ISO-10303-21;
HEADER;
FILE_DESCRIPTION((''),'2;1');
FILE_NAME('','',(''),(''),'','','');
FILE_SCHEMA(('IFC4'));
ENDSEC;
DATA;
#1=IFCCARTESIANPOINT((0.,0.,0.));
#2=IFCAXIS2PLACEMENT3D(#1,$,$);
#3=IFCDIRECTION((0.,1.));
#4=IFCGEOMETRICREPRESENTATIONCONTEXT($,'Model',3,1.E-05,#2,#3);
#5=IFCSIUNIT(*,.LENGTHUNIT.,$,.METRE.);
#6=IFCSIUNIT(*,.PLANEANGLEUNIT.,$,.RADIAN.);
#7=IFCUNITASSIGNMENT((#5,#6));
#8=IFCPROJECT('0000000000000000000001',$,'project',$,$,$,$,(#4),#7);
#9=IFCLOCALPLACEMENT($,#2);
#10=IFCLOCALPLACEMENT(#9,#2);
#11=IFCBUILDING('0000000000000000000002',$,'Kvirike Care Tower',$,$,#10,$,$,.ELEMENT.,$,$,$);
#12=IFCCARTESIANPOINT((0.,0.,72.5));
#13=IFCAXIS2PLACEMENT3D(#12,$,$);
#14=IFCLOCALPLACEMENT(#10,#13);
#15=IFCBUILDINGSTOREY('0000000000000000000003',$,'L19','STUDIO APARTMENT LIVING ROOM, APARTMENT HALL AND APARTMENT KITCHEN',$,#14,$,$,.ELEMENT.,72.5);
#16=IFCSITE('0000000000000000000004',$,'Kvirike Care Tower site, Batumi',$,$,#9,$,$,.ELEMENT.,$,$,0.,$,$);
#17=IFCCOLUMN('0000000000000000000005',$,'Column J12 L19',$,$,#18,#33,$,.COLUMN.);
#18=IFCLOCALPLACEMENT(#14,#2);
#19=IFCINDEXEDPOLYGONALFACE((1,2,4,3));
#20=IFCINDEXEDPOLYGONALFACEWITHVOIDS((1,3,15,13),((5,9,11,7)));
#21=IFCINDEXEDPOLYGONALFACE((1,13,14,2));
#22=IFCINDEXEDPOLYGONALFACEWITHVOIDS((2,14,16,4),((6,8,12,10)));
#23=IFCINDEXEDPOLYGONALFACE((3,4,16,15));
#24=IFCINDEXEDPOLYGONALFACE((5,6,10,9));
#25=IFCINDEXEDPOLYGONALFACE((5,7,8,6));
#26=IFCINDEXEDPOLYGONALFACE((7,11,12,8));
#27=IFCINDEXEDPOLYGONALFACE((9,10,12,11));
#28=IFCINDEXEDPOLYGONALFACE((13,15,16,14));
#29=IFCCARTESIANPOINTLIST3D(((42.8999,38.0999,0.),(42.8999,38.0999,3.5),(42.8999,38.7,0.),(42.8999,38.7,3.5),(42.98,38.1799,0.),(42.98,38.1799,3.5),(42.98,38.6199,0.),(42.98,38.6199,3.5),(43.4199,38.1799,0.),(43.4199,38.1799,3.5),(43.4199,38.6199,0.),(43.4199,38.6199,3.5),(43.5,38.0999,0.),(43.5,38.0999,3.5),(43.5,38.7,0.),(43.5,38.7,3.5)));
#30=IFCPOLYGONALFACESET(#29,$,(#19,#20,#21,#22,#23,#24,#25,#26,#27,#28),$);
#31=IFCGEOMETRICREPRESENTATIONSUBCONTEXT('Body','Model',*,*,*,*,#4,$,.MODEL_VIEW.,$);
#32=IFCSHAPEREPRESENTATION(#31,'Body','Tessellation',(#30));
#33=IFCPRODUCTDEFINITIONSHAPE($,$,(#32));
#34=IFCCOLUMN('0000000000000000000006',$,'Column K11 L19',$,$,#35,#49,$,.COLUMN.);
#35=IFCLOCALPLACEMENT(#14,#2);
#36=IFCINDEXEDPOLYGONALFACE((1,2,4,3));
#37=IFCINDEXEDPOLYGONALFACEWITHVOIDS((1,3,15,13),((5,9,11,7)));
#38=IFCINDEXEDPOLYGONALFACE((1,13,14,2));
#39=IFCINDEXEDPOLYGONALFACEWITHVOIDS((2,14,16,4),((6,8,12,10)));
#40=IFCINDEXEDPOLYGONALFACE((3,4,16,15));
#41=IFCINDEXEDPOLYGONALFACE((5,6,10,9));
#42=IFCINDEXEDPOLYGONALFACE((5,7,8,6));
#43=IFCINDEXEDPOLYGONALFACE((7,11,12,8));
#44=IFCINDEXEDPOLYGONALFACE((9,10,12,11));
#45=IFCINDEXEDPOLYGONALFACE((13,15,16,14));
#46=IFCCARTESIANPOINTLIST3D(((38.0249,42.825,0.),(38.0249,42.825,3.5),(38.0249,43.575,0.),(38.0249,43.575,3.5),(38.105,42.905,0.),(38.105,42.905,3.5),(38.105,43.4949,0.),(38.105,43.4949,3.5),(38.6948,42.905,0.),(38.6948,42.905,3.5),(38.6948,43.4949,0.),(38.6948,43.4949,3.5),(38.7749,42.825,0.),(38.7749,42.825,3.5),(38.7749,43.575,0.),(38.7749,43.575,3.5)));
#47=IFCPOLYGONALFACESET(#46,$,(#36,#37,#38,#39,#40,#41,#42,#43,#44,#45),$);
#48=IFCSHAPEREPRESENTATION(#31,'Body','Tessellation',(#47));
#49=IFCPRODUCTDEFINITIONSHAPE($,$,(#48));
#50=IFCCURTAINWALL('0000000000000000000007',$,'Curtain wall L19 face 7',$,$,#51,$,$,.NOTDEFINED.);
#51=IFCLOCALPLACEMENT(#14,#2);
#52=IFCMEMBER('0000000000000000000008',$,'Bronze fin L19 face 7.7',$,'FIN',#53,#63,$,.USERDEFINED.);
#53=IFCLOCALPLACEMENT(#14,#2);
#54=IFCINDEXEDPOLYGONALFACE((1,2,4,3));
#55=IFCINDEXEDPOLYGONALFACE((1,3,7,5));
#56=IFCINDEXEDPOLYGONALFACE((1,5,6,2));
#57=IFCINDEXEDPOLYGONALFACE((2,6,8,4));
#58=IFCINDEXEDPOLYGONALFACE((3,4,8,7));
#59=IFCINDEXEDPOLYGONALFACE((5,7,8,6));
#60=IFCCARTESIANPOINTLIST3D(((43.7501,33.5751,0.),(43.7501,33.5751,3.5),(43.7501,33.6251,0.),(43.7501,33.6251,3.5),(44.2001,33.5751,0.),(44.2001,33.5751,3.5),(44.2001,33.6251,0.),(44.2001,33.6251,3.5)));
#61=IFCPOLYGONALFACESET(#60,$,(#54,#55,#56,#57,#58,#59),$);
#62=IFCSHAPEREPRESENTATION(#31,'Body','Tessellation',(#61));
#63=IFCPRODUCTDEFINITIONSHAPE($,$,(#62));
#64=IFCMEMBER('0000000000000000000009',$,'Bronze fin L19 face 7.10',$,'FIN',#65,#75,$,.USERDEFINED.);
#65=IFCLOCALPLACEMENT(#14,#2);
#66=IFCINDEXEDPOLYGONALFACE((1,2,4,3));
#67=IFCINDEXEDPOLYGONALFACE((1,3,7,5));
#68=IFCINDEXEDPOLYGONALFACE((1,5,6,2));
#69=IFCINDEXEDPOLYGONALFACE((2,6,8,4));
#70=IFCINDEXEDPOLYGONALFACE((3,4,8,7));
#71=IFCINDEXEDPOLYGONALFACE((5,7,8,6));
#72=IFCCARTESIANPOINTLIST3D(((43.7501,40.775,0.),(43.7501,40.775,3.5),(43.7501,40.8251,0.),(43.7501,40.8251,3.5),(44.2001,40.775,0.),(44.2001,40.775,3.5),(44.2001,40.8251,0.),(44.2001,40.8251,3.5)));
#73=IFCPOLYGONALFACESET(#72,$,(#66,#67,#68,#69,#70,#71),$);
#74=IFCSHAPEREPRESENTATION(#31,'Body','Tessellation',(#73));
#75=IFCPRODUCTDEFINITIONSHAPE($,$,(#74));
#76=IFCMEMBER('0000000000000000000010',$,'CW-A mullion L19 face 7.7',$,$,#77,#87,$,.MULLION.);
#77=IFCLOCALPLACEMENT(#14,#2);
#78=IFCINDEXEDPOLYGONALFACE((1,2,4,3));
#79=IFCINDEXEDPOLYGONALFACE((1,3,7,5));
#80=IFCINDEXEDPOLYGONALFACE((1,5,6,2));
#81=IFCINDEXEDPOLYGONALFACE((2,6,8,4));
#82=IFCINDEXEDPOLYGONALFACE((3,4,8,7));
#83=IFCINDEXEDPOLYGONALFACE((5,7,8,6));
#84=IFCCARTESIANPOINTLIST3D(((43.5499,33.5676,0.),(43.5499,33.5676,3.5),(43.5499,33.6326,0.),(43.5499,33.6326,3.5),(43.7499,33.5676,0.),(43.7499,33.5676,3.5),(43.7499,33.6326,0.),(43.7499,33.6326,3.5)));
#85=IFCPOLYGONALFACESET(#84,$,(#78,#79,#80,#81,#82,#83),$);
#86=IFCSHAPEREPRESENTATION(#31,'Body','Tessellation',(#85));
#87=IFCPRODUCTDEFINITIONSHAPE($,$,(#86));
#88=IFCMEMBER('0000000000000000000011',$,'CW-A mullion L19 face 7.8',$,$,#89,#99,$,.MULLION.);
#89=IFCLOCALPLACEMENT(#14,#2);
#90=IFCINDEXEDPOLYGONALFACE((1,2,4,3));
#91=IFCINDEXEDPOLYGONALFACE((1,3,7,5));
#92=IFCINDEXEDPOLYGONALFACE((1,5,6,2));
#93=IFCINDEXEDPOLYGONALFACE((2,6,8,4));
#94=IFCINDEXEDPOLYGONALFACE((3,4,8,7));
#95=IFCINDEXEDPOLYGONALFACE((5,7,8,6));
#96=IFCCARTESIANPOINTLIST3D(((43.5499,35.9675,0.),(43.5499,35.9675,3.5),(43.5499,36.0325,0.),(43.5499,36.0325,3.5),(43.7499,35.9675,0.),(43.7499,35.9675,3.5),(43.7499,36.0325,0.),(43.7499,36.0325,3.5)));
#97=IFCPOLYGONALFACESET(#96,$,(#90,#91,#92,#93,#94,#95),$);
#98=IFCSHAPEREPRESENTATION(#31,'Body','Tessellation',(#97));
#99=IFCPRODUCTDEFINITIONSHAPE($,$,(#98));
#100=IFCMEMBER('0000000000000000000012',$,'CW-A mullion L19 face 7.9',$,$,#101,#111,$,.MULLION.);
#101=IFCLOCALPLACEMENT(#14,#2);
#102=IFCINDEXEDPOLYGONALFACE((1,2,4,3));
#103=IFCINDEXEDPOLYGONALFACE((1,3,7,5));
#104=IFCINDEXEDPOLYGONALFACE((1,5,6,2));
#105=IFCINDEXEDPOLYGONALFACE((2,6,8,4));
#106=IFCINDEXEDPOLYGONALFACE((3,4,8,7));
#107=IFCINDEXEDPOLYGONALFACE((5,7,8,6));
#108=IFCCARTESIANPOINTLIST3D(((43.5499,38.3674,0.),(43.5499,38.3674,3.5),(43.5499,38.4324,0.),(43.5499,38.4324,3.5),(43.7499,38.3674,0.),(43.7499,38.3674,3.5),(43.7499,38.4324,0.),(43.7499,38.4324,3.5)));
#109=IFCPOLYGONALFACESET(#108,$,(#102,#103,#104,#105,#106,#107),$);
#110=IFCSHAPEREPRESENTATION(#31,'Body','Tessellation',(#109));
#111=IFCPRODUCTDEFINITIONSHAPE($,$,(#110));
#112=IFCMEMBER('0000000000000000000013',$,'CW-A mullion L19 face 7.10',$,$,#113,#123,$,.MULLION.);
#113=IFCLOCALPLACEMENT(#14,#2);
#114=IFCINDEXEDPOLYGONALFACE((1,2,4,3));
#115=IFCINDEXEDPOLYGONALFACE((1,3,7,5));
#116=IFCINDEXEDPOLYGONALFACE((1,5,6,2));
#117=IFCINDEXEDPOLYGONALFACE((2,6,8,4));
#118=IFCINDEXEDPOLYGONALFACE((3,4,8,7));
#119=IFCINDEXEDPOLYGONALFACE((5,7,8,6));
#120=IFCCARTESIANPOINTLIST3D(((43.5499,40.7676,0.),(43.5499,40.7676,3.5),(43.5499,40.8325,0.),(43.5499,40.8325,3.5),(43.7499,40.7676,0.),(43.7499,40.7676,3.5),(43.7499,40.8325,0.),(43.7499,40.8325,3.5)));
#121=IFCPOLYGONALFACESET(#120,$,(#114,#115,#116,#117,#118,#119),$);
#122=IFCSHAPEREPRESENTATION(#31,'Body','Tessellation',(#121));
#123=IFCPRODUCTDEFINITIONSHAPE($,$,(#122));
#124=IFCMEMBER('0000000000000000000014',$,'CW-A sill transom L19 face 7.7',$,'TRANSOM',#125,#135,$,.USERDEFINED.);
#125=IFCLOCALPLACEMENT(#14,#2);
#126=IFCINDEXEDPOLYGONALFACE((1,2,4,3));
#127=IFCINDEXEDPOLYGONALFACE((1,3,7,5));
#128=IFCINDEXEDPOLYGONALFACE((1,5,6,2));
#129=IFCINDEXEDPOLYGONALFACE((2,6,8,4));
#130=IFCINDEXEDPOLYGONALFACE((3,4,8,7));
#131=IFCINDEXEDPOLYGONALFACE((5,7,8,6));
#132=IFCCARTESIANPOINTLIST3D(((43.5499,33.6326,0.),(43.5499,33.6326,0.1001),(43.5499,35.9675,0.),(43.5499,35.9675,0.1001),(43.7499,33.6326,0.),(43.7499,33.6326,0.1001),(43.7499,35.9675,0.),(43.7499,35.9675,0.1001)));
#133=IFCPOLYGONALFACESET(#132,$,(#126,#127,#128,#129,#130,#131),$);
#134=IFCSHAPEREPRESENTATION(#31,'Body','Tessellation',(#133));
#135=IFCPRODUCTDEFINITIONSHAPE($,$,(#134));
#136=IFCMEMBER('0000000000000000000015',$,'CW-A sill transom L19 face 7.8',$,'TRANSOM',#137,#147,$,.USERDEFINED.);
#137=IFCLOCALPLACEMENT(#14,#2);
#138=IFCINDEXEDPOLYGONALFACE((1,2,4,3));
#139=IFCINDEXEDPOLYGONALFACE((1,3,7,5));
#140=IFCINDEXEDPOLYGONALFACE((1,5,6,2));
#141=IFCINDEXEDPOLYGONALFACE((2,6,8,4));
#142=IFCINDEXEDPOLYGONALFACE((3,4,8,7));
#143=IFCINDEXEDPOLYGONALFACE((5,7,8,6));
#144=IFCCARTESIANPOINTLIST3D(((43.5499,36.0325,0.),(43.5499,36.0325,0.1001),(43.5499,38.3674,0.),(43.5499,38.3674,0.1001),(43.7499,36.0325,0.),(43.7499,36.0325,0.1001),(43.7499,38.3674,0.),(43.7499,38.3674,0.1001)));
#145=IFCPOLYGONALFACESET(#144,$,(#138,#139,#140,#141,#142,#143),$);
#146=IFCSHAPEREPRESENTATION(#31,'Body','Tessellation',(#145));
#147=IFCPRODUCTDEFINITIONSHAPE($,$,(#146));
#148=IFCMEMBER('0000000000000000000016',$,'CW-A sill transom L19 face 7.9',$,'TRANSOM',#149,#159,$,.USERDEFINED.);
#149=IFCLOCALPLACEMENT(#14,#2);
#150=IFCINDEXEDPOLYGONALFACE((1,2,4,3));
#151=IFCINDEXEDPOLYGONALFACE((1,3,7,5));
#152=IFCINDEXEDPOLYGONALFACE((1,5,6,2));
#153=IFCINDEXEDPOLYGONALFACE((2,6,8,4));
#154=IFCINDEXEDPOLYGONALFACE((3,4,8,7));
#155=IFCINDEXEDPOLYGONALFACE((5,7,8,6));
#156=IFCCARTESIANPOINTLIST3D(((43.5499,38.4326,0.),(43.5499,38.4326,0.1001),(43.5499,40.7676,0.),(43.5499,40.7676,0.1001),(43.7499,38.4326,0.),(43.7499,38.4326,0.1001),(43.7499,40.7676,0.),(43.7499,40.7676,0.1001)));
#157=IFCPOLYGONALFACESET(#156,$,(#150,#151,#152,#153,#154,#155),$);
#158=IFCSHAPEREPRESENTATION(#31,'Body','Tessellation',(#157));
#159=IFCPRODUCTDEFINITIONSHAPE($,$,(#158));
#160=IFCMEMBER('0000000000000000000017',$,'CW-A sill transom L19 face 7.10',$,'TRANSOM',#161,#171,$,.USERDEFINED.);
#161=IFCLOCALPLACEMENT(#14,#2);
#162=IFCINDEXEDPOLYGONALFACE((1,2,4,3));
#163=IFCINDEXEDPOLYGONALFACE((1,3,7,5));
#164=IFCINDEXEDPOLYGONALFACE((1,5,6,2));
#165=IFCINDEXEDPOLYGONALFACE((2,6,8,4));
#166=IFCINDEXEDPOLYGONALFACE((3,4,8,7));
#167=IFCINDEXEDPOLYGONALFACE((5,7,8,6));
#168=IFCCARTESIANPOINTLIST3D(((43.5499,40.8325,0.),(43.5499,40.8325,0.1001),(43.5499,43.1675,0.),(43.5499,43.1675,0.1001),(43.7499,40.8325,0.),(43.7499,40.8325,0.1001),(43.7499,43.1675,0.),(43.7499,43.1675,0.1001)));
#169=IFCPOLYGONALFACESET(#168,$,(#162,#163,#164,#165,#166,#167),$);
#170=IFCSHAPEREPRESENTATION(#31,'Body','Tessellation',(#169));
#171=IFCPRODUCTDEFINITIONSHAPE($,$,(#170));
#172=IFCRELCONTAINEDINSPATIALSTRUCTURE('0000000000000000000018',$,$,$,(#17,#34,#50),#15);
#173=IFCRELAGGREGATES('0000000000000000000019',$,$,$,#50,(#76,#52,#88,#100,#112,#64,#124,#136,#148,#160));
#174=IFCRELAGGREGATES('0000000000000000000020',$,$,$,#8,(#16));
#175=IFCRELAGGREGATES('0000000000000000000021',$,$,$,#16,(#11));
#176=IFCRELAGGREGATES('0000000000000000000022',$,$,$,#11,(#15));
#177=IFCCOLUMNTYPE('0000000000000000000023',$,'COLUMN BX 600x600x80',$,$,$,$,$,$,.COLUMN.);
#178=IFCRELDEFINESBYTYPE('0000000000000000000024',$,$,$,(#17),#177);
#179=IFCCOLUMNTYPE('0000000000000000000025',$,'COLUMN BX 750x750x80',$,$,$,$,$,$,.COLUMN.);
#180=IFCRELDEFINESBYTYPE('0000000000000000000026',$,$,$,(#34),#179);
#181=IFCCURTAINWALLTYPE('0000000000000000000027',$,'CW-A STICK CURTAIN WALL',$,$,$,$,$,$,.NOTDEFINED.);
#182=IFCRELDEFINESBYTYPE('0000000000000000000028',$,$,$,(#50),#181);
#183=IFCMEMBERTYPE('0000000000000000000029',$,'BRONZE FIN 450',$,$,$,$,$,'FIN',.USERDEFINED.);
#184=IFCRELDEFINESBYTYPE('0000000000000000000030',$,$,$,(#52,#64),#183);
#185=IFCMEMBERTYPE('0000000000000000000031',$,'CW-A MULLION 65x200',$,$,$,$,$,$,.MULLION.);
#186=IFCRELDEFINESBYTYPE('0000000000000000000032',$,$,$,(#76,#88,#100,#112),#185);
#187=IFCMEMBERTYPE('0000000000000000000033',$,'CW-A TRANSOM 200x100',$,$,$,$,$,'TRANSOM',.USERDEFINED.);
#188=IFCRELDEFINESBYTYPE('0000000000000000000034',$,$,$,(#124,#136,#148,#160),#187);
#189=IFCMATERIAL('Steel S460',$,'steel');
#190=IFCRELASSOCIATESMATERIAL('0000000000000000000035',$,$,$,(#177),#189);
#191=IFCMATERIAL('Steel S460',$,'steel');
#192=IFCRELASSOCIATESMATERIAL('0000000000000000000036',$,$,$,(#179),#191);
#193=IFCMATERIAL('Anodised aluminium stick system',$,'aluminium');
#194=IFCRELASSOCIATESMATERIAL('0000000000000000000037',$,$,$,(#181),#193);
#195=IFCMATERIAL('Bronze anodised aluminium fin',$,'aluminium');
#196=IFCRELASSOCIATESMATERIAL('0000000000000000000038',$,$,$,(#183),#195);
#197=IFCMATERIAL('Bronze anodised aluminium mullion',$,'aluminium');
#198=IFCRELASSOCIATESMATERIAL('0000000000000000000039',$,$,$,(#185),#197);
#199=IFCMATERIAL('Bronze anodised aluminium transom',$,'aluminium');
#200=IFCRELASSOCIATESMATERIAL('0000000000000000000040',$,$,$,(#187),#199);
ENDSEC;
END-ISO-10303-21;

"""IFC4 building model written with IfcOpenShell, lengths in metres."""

from ifc_helpers import new_model, si_unit, direction, frame, origin, origin_2d, place, context, subcontext, project, spatial, rectangle, hollow_rectangle, extrude, material, material_profile, profile_set, type_object, element, aggregate, save


model = new_model("IFC4")

# Units and contexts
model_context = context("Model", 3, precision=1e-05, world=origin(), true_north=direction((0.0, 1.0)))
body_context = subcontext(model_context, "Body", "Model", "MODEL_VIEW")
ifc_project = project(units=[si_unit("LENGTHUNIT", "METRE"), si_unit("PLANEANGLEUNIT", "RADIAN")], contexts=[model_context])

# Site, building, storey
site_placement = place(None, origin())
site = spatial("IfcSite", under=ifc_project, at=site_placement, Name="Kvirike Care Tower site, Batumi", CompositionType="ELEMENT", RefElevation=0.0)
building_placement = place(site_placement, origin())
building = spatial("IfcBuilding", under=site, at=building_placement, Name="Kvirike Care Tower", CompositionType="ELEMENT")
storey_placement = place(building_placement, frame((0.0, 0.0, 72.5)))
storey = spatial("IfcBuildingStorey", under=building, at=storey_placement, Name="L19", Description="STUDIO APARTMENT LIVING ROOM, APARTMENT HALL AND APARTMENT KITCHEN", CompositionType="ELEMENT", Elevation=72.5)

# Columns
ifc_material_1 = material(Name="Steel S460", Category="steel")
ifc_material_profile_1 = material_profile(ifc_material_1, hollow_rectangle(XDim=0.6001, YDim=0.6001, WallThickness=0.0801, at=origin_2d()), Name="BX 600x600x80")
ifc_profile_set_1 = profile_set([ifc_material_profile_1], Name="Steel S460")
column_type_1 = type_object("IfcColumnType", Name="COLUMN BX 600x600x80", PredefinedType="COLUMN", material=ifc_profile_set_1)
column_1_placement = place(storey_placement, frame((43.2, 38.3999, 0.0), z_axis=(0.0, 0.0, 1.0), x_axis=(1.0, 0.0, 0.0)))
element("IfcColumn", 1, at=column_1_placement, inside=storey, type_object=column_type_1, Name="Column J12 L19", PredefinedType="COLUMN", context=body_context, shape_type="SweptSolid", body=[
    extrude(hollow_rectangle(XDim=0.6001, YDim=0.6001, WallThickness=0.0801, at=origin_2d()), origin(), (0.0, 0.0, 1.0), 3.5),
])
ifc_material_2 = material(Name="Steel S460", Category="steel")
ifc_material_profile_2 = material_profile(ifc_material_2, hollow_rectangle(XDim=0.75, YDim=0.75, WallThickness=0.0801, at=origin_2d()), Name="BX 750x750x80")
ifc_profile_set_2 = profile_set([ifc_material_profile_2], Name="Steel S460")
column_type_2 = type_object("IfcColumnType", Name="COLUMN BX 750x750x80", PredefinedType="COLUMN", material=ifc_profile_set_2)
column_2_placement = place(storey_placement, frame((38.3999, 43.2, 0.0), z_axis=(0.0, 0.0, 1.0), x_axis=(0.0, 1.0, 0.0)))
element("IfcColumn", 2, at=column_2_placement, inside=storey, type_object=column_type_2, Name="Column K11 L19", PredefinedType="COLUMN", context=body_context, shape_type="SweptSolid", body=[
    extrude(hollow_rectangle(XDim=0.75, YDim=0.75, WallThickness=0.0801, at=origin_2d()), origin(), (0.0, 0.0, 1.0), 3.5),
])

# Curtain wall, members
ifc_material_3 = material(Name="Anodised aluminium stick system", Category="aluminium")
curtain_wall_type = type_object("IfcCurtainWallType", Name="CW-A STICK CURTAIN WALL", PredefinedType="NOTDEFINED", material=ifc_material_3)
curtain_wall_placement = place(storey_placement, origin())
curtain_wall = element("IfcCurtainWall", 3, at=curtain_wall_placement, inside=storey, type_object=curtain_wall_type, Name="Curtain wall L19 face 7", PredefinedType="NOTDEFINED")
ifc_material_4 = material(Name="Bronze anodised aluminium fin", Category="aluminium")
ifc_material_profile_3 = material_profile(ifc_material_4, rectangle(XDim=0.05, YDim=0.45, at=origin_2d()), Name="BRONZE FIN 450")
ifc_profile_set_3 = profile_set([ifc_material_profile_3], Name="Bronze anodised aluminium fin")
member_type_1 = type_object("IfcMemberType", Name="BRONZE FIN 450", ElementType="FIN", PredefinedType="USERDEFINED", material=ifc_profile_set_3)
member_1_placement = place(storey_placement, frame((43.9751, 33.6001, 0.0), z_axis=(0.0, 0.0, 1.0), x_axis=(0.0, 1.0, 0.0)))
member_1 = element("IfcMember", 4, at=member_1_placement, type_object=member_type_1, Name="Bronze fin L19 face 7.7", ObjectType="FIN", PredefinedType="USERDEFINED", context=body_context, shape_type="SweptSolid", body=[
    extrude(rectangle(XDim=0.05, YDim=0.45, at=origin_2d()), origin(), (0.0, 0.0, 1.0), 3.5),
])
member_2_placement = place(storey_placement, frame((43.9751, 40.8, 0.0), z_axis=(0.0, 0.0, 1.0), x_axis=(0.0, 1.0, 0.0)))
member_2 = element("IfcMember", 5, at=member_2_placement, type_object=member_type_1, Name="Bronze fin L19 face 7.10", ObjectType="FIN", PredefinedType="USERDEFINED", context=body_context, shape_type="SweptSolid", body=[
    extrude(rectangle(XDim=0.05, YDim=0.45, at=origin_2d()), origin(), (0.0, 0.0, 1.0), 3.5),
])
ifc_material_5 = material(Name="Bronze anodised aluminium mullion", Category="aluminium")
ifc_material_profile_4 = material_profile(ifc_material_5, rectangle(XDim=0.0649, YDim=0.2, at=origin_2d()), Name="CW-A MULLION 65x200")
ifc_profile_set_4 = profile_set([ifc_material_profile_4], Name="Bronze anodised aluminium mullion")
member_type_2 = type_object("IfcMemberType", Name="CW-A MULLION 65x200", PredefinedType="MULLION", material=ifc_profile_set_4)
member_3_placement = place(storey_placement, frame((43.6499, 33.6001, 0.0), z_axis=(0.0, 0.0, 1.0), x_axis=(0.0, 1.0, 0.0)))
member_3 = element("IfcMember", 6, at=member_3_placement, type_object=member_type_2, Name="CW-A mullion L19 face 7.7", PredefinedType="MULLION", context=body_context, shape_type="SweptSolid", body=[
    extrude(rectangle(XDim=0.0649, YDim=0.2, at=origin_2d()), origin(), (0.0, 0.0, 1.0), 3.5),
])
member_4_placement = place(storey_placement, frame((43.6499, 36.0, 0.0), z_axis=(0.0, 0.0, 1.0), x_axis=(0.0, 1.0, 0.0)))
member_4 = element("IfcMember", 7, at=member_4_placement, type_object=member_type_2, Name="CW-A mullion L19 face 7.8", PredefinedType="MULLION", context=body_context, shape_type="SweptSolid", body=[
    extrude(rectangle(XDim=0.0649, YDim=0.2, at=origin_2d()), origin(), (0.0, 0.0, 1.0), 3.5),
])
member_5_placement = place(storey_placement, frame((43.6499, 38.3999, 0.0), z_axis=(0.0, 0.0, 1.0), x_axis=(0.0, 1.0, 0.0)))
member_5 = element("IfcMember", 8, at=member_5_placement, type_object=member_type_2, Name="CW-A mullion L19 face 7.9", PredefinedType="MULLION", context=body_context, shape_type="SweptSolid", body=[
    extrude(rectangle(XDim=0.0649, YDim=0.2, at=origin_2d()), origin(), (0.0, 0.0, 1.0), 3.5),
])
member_6_placement = place(storey_placement, frame((43.6499, 40.8, 0.0), z_axis=(0.0, 0.0, 1.0), x_axis=(0.0, 1.0, 0.0)))
member_6 = element("IfcMember", 9, at=member_6_placement, type_object=member_type_2, Name="CW-A mullion L19 face 7.10", PredefinedType="MULLION", context=body_context, shape_type="SweptSolid", body=[
    extrude(rectangle(XDim=0.0649, YDim=0.2, at=origin_2d()), origin(), (0.0, 0.0, 1.0), 3.5),
])
ifc_material_6 = material(Name="Bronze anodised aluminium transom", Category="aluminium")
ifc_material_profile_5 = material_profile(ifc_material_6, rectangle(XDim=0.2, YDim=0.1001, at=origin_2d()), Name="CW-A TRANSOM 200x100")
ifc_profile_set_5 = profile_set([ifc_material_profile_5], Name="Bronze anodised aluminium transom")
member_type_3 = type_object("IfcMemberType", Name="CW-A TRANSOM 200x100", ElementType="TRANSOM", PredefinedType="USERDEFINED", material=ifc_profile_set_5)
member_7_placement = place(storey_placement, frame((43.6499, 33.6326, 0.05), z_axis=(0.0, 1.0, 0.0), x_axis=(-1.0, 0.0, 0.0)))
member_7 = element("IfcMember", 10, at=member_7_placement, type_object=member_type_3, Name="CW-A sill transom L19 face 7.7", ObjectType="TRANSOM", PredefinedType="USERDEFINED", context=body_context, shape_type="SweptSolid", body=[
    extrude(rectangle(XDim=0.2, YDim=0.1001, at=origin_2d()), origin(), (0.0, 0.0, 1.0), 2.335),
])
member_8_placement = place(storey_placement, frame((43.6499, 36.0325, 0.05), z_axis=(0.0, 1.0, 0.0), x_axis=(-1.0, 0.0, 0.0)))
member_8 = element("IfcMember", 11, at=member_8_placement, type_object=member_type_3, Name="CW-A sill transom L19 face 7.8", ObjectType="TRANSOM", PredefinedType="USERDEFINED", context=body_context, shape_type="SweptSolid", body=[
    extrude(rectangle(XDim=0.2, YDim=0.1001, at=origin_2d()), origin(), (0.0, 0.0, 1.0), 2.335),
])
member_9_placement = place(storey_placement, frame((43.6499, 38.4326, 0.05), z_axis=(0.0, 1.0, 0.0), x_axis=(-1.0, 0.0, 0.0)))
member_9 = element("IfcMember", 12, at=member_9_placement, type_object=member_type_3, Name="CW-A sill transom L19 face 7.9", ObjectType="TRANSOM", PredefinedType="USERDEFINED", context=body_context, shape_type="SweptSolid", body=[
    extrude(rectangle(XDim=0.2, YDim=0.1001, at=origin_2d()), origin(), (0.0, 0.0, 1.0), 2.335),
])
member_10_placement = place(storey_placement, frame((43.6499, 40.8325, 0.05), z_axis=(0.0, 1.0, 0.0), x_axis=(-1.0, 0.0, 0.0)))
member_10 = element("IfcMember", 13, at=member_10_placement, type_object=member_type_3, Name="CW-A sill transom L19 face 7.10", ObjectType="TRANSOM", PredefinedType="USERDEFINED", context=body_context, shape_type="SweptSolid", body=[
    extrude(rectangle(XDim=0.2, YDim=0.1001, at=origin_2d()), origin(), (0.0, 0.0, 1.0), 2.335),
])

aggregate(curtain_wall, [member_3, member_1, member_4, member_5, member_6, member_2, member_7, member_8, member_9, member_10])

save(model, "model.ifc")
